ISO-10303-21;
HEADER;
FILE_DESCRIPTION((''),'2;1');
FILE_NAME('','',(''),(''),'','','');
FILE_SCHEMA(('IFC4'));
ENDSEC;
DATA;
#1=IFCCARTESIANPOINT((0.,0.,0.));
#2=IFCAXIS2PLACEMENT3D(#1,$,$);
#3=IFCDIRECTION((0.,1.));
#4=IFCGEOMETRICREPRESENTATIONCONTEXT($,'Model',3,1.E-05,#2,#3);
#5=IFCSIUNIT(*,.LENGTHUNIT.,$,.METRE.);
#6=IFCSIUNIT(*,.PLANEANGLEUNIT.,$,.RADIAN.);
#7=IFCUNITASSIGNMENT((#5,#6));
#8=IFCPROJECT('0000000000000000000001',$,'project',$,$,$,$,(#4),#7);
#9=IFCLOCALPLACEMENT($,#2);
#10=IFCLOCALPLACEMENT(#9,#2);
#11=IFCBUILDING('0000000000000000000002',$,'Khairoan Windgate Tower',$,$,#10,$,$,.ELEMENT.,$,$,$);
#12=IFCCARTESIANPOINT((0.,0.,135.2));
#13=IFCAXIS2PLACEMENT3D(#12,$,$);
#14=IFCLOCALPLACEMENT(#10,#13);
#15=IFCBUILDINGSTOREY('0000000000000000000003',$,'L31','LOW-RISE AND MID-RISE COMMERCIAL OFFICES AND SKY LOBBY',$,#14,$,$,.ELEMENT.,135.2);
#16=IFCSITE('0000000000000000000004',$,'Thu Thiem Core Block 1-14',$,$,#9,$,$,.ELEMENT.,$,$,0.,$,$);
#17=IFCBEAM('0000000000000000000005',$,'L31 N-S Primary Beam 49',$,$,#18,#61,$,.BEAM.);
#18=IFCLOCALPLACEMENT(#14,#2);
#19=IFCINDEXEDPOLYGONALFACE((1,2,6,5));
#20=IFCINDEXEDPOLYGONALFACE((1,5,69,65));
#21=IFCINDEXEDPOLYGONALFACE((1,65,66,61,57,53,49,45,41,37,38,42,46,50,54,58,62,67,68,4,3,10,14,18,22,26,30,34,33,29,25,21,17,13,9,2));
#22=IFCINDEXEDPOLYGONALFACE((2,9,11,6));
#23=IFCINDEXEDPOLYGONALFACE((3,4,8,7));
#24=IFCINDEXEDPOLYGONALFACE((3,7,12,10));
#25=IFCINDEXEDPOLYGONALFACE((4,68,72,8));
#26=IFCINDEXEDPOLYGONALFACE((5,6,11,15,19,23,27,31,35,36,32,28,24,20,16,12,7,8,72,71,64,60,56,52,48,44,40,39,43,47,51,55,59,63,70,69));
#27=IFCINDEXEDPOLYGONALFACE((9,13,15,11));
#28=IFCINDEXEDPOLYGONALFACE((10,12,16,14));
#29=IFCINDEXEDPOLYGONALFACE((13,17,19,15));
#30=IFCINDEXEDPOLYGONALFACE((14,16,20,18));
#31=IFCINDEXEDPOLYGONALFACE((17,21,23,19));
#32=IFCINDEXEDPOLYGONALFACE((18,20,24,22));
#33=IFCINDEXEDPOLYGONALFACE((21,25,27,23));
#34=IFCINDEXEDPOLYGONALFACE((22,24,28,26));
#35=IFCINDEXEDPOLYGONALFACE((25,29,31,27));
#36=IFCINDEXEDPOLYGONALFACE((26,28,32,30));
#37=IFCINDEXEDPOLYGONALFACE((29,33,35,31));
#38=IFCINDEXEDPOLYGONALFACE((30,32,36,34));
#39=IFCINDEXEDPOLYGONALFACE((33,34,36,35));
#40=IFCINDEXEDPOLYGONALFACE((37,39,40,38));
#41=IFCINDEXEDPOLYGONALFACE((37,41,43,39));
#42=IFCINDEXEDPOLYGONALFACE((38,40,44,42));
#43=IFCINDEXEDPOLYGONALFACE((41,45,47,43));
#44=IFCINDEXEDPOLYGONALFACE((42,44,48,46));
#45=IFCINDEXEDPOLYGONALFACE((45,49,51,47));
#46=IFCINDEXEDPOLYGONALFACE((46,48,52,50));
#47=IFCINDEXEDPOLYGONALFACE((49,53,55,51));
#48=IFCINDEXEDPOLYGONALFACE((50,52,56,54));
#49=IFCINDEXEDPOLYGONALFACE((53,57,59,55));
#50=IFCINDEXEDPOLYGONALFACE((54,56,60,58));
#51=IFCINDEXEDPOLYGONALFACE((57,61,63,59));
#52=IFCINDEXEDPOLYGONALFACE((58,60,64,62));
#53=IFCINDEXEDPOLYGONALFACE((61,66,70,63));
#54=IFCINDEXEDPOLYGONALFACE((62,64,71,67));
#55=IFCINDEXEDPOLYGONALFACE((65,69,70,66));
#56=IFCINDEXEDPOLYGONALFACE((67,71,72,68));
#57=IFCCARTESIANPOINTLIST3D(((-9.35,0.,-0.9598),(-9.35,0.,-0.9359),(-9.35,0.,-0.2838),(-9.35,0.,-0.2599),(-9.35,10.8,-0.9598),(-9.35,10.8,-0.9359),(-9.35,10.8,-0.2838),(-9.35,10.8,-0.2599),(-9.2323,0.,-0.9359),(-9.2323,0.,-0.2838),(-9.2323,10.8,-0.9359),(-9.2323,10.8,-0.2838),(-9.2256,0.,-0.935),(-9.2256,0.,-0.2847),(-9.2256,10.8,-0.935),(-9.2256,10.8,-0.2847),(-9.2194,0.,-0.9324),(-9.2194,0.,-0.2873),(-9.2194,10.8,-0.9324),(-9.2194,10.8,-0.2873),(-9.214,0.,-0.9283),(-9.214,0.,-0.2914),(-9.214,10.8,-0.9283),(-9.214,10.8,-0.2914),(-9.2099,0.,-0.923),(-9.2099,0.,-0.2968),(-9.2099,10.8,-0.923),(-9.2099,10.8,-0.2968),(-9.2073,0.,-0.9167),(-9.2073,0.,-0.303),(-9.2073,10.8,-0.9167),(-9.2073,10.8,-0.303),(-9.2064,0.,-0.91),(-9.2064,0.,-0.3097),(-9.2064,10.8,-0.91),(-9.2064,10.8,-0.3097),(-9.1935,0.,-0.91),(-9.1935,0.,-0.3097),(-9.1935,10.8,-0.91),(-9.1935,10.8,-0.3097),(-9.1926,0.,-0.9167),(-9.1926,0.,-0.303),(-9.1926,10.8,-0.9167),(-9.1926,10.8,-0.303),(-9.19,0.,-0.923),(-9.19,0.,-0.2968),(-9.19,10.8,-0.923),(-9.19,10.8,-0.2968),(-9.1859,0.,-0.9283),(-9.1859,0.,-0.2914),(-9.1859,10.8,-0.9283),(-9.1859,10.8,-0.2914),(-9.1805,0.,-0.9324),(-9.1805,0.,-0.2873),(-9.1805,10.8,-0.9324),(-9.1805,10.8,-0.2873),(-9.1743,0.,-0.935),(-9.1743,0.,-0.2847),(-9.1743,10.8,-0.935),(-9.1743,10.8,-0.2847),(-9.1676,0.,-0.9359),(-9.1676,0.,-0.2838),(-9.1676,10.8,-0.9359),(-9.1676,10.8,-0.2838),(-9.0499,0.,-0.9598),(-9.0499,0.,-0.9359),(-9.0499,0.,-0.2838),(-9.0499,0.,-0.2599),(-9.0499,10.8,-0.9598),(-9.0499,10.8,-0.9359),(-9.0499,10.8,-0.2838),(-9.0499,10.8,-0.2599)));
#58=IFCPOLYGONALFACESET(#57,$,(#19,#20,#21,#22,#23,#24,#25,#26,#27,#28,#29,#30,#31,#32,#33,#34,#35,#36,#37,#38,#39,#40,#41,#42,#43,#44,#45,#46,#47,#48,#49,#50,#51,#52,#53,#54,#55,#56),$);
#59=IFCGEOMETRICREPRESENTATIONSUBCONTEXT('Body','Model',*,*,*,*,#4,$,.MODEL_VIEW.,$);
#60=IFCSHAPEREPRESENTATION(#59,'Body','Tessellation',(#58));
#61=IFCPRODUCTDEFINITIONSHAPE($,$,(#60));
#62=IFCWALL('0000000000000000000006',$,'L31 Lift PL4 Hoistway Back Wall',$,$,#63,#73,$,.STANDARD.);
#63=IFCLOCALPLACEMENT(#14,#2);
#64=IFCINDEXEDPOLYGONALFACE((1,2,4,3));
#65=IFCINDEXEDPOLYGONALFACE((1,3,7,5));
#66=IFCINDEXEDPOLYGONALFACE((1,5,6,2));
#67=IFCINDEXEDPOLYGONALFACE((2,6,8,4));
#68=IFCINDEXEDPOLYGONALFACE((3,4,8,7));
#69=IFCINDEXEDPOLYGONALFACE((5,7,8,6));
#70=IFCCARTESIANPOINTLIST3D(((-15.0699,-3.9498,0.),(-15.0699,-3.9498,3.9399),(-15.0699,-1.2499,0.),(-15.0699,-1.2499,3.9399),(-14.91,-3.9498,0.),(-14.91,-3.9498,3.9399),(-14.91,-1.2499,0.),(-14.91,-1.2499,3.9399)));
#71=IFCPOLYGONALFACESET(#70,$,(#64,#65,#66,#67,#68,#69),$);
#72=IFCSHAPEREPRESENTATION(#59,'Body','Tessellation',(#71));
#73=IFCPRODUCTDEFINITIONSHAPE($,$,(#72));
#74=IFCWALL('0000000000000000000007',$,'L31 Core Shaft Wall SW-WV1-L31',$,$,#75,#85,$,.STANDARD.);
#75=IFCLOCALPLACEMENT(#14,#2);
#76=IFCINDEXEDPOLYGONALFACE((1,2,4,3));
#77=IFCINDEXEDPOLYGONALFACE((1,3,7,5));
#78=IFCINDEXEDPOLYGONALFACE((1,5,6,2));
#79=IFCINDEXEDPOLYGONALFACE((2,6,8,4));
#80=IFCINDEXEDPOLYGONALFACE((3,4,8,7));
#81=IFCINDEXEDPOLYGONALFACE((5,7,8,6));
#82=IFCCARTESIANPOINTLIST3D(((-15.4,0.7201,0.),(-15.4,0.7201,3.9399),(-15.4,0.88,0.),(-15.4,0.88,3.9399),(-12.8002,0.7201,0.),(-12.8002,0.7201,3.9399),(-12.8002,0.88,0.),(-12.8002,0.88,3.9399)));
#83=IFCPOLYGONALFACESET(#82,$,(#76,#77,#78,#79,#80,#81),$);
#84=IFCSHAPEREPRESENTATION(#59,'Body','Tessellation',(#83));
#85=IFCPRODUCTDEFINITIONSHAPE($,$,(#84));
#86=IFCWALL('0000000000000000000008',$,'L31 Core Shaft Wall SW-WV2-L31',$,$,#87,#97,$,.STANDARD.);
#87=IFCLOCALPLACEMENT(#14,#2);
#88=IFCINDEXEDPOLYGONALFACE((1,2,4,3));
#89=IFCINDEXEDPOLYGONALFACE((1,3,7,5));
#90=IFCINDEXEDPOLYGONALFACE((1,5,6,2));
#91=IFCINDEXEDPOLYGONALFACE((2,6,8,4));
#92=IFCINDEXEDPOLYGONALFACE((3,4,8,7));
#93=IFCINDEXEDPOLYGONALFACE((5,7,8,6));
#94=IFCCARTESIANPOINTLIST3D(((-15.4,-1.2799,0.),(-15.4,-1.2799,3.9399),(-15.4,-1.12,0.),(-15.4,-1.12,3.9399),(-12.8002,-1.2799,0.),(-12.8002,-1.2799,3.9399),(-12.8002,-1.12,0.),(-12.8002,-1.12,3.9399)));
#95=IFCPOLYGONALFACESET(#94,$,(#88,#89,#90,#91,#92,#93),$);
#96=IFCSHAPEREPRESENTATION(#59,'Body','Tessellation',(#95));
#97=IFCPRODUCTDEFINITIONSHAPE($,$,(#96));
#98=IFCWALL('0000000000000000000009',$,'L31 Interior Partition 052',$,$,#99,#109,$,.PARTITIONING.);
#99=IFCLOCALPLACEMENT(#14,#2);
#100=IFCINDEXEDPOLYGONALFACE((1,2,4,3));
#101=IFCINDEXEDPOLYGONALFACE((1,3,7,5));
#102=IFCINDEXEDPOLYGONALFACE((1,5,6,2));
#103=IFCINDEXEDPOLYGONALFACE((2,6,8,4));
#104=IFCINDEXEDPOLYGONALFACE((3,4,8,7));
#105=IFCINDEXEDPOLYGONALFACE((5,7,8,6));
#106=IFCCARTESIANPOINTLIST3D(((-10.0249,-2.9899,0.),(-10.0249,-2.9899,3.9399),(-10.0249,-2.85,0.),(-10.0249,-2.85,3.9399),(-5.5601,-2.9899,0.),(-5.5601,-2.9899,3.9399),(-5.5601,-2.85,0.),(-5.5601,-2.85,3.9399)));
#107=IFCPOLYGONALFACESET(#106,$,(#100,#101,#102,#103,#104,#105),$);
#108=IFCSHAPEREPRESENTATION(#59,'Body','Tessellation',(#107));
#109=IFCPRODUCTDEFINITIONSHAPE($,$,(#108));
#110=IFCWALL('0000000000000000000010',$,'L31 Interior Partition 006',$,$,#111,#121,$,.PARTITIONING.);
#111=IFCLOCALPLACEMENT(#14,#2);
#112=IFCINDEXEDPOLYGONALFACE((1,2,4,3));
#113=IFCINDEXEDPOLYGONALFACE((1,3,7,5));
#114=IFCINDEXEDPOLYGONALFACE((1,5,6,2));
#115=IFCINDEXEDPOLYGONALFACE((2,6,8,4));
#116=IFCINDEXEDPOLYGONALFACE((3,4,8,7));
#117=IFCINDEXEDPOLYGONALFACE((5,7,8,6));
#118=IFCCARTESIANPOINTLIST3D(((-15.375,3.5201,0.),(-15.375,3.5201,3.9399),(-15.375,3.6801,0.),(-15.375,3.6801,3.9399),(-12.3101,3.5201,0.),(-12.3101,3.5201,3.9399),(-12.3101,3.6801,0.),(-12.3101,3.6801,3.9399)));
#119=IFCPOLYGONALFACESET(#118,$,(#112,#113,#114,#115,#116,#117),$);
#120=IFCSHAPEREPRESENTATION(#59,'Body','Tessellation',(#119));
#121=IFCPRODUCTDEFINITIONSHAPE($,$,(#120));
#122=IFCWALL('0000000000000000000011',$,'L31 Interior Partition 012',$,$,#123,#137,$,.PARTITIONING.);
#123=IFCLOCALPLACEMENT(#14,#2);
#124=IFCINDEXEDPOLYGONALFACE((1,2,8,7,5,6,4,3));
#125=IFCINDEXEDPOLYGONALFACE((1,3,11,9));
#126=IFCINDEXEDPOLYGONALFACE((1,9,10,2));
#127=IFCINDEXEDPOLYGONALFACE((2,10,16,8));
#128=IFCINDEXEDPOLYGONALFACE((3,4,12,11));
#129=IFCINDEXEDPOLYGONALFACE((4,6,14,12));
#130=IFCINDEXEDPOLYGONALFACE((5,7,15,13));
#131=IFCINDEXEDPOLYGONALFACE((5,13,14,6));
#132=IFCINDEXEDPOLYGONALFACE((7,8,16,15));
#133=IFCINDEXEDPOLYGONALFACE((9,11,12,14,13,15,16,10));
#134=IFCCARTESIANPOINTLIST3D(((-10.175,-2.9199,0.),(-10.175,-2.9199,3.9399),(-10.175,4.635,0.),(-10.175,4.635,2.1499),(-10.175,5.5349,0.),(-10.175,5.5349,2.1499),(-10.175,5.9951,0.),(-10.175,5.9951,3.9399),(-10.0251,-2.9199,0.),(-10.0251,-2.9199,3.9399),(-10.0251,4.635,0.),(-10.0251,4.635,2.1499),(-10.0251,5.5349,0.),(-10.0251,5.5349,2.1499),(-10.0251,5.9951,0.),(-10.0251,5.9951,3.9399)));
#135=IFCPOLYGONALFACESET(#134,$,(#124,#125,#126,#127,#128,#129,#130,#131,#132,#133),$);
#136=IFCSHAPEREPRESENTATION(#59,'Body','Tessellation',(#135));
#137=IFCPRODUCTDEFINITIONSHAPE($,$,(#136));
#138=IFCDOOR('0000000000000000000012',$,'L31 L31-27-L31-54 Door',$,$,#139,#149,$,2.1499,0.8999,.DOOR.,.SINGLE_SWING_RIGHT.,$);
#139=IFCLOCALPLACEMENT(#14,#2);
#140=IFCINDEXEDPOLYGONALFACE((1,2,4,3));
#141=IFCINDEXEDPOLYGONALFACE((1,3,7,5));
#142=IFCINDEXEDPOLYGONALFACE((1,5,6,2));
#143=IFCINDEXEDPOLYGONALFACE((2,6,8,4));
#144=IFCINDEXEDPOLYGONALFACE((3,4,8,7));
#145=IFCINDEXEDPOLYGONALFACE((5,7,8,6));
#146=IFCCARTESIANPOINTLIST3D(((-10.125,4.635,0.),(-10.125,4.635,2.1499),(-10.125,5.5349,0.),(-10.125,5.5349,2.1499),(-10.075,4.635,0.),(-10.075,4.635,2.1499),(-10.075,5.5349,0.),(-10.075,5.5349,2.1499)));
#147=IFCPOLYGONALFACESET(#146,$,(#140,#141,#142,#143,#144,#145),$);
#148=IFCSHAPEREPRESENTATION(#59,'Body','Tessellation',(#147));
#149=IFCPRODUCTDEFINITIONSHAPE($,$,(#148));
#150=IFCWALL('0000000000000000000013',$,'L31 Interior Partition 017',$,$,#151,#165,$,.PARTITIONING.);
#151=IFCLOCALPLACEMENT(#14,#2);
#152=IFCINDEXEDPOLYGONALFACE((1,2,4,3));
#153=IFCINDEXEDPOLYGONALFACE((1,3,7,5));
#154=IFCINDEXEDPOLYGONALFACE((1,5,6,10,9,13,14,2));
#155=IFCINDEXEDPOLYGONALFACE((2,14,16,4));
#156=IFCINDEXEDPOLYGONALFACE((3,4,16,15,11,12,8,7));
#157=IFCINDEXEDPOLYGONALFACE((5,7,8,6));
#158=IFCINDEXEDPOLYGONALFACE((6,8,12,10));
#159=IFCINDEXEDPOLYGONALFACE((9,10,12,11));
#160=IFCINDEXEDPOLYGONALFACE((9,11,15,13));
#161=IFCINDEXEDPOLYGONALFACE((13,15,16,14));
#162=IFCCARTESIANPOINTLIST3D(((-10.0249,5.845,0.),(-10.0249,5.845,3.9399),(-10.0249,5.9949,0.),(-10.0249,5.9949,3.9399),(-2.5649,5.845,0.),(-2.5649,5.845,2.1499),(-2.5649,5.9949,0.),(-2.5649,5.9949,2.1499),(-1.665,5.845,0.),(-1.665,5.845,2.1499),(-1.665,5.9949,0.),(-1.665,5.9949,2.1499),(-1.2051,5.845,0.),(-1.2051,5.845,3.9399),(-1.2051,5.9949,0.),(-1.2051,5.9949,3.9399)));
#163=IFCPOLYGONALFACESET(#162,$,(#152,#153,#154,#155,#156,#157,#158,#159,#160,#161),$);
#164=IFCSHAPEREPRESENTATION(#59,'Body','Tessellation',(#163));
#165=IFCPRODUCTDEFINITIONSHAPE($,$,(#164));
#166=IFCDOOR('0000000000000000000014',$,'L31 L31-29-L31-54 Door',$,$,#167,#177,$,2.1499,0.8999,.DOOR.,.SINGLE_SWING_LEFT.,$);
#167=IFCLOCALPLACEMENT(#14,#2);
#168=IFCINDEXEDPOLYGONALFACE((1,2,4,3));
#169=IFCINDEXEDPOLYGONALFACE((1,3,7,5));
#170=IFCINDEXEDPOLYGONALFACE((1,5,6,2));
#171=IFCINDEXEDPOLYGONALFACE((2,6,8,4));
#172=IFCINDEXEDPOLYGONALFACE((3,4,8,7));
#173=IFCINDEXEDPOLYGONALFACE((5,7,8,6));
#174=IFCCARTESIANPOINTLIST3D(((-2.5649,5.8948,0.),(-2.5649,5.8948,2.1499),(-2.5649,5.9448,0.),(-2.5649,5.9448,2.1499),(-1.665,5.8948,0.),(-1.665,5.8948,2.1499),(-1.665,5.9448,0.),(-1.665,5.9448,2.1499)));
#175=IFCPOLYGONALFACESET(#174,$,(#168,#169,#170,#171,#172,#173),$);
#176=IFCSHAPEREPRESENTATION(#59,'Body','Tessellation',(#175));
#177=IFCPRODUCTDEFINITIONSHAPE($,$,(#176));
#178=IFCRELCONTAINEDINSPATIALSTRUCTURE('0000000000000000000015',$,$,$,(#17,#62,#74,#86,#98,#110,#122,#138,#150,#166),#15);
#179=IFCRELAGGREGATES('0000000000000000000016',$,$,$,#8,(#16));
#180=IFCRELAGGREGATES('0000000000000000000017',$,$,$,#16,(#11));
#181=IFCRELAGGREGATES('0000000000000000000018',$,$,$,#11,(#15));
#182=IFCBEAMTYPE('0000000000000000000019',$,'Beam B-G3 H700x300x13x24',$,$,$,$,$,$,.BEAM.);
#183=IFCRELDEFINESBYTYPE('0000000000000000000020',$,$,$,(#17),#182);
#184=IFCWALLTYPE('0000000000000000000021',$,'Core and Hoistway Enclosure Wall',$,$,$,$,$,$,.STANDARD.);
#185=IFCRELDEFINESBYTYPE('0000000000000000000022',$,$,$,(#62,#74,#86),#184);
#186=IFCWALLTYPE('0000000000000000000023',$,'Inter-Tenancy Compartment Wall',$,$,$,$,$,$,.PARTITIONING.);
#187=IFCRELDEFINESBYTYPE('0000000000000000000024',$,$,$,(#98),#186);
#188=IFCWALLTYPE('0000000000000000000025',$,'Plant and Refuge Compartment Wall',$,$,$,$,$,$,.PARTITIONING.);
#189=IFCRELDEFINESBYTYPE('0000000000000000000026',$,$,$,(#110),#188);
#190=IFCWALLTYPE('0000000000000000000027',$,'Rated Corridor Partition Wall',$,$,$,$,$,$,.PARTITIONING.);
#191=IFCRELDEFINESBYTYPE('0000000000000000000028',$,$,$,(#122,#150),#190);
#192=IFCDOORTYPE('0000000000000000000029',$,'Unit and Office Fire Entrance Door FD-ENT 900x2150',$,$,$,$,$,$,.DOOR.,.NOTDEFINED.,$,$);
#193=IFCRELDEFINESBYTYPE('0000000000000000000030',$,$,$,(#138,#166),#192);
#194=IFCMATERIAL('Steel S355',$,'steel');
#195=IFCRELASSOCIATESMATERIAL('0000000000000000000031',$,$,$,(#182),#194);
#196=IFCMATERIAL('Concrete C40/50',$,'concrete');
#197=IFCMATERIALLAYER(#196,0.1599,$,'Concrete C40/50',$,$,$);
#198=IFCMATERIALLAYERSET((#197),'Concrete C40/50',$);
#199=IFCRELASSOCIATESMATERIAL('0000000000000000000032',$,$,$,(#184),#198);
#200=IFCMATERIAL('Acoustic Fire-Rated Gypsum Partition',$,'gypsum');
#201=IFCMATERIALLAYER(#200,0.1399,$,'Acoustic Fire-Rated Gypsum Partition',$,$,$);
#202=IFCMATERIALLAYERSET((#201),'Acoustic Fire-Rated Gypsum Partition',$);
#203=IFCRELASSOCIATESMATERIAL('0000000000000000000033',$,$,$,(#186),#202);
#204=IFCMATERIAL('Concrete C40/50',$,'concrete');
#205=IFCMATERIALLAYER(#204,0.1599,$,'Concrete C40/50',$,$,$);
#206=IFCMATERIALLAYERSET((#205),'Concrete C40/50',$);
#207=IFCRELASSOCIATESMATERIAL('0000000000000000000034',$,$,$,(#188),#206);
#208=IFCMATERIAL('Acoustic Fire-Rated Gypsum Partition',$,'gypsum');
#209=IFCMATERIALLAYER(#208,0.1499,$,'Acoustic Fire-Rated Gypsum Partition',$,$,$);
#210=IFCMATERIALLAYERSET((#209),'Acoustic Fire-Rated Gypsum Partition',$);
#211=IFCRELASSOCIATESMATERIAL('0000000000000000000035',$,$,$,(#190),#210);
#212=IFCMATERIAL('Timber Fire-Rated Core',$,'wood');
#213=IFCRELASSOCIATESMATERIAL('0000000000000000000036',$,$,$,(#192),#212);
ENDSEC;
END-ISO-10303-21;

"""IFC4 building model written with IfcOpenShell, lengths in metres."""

from ifc_helpers import new_model, si_unit, direction, frame, frame_2d, origin, origin_2d, place, context, subcontext, project, spatial, rectangle, i_section, extrude, material, layer, layer_set, material_profile, profile_set, type_object, element, fill, save


model = new_model("IFC4")

# Units and contexts
model_context = context("Model", 3, precision=1e-05, world=origin(), true_north=direction((0.0, 1.0)))
body_context = subcontext(model_context, "Body", "Model", "MODEL_VIEW")
ifc_project = project(units=[si_unit("LENGTHUNIT", "METRE"), si_unit("PLANEANGLEUNIT", "RADIAN")], contexts=[model_context])

# Site, building, storey
site_placement = place(None, origin())
site = spatial("IfcSite", under=ifc_project, at=site_placement, Name="Thu Thiem Core Block 1-14", CompositionType="ELEMENT", RefElevation=0.0)
building_placement = place(site_placement, origin())
building = spatial("IfcBuilding", under=site, at=building_placement, Name="Khairoan Windgate Tower", CompositionType="ELEMENT")
storey_placement = place(building_placement, frame((0.0, 0.0, 135.2)))
storey = spatial("IfcBuildingStorey", under=building, at=storey_placement, Name="L31", Description="LOW-RISE AND MID-RISE COMMERCIAL OFFICES AND SKY LOBBY", CompositionType="ELEMENT", Elevation=135.2)

# Beam
ifc_material_1 = material(Name="Steel S355", Category="steel")
ifc_material_profile_1 = material_profile(ifc_material_1, i_section(OverallWidth=0.3, OverallDepth=0.7, WebThickness=0.0129, FlangeThickness=0.0239, FilletRadius=0.0259, at=origin_2d()))
ifc_profile_set_1 = profile_set([ifc_material_profile_1], Name="Steel S355")
beam_type = type_object("IfcBeamType", Name="Beam B-G3 H700x300x13x24", PredefinedType="BEAM", material=ifc_profile_set_1)
for number, where, z_axis, x_axis, name in (
    (1, (-9.2, 0.0, -0.6099), (0.0, 1.0, 0.0), (-1.0, 0.0, 0.0), "L31 N-S Primary Beam 49"),
):
    element("IfcBeam", number, at=place(storey_placement, frame(where, z_axis=z_axis, x_axis=x_axis)), inside=storey, type_object=beam_type, Name=name, PredefinedType="BEAM", context=body_context, shape_type="SweptSolid", body=[
        extrude(i_section(OverallWidth=0.3, OverallDepth=0.7, WebThickness=0.0129, FlangeThickness=0.0239, FilletRadius=0.0259, at=origin_2d()), origin(), (0.0, 0.0, 1.0), 10.8),
    ])

# Walls
ifc_material_2 = material(Name="Concrete C40/50", Category="concrete")
ifc_layer_1 = layer(ifc_material_2, 0.1599, Name="Concrete C40/50")
ifc_layer_set_1 = layer_set([ifc_layer_1], Name="Concrete C40/50")
wall_type_1 = type_object("IfcWallType", Name="Core and Hoistway Enclosure Wall", PredefinedType="STANDARD", material=ifc_layer_set_1)
wall_1_placement = place(storey_placement, frame((-14.99, -3.95, 0.0), z_axis=(0.0, 0.0, 1.0), x_axis=(0.0, 1.0, 0.0)))
element("IfcWall", 2, at=wall_1_placement, inside=storey, type_object=wall_type_1, Name="L31 Lift PL4 Hoistway Back Wall", PredefinedType="STANDARD", context=body_context, shape_type="SweptSolid", body=[
    extrude(rectangle(XDim=2.7, YDim=0.1599, at=frame_2d((1.3501, 0.0))), origin(), (0.0, 0.0, 1.0), 3.9399),
])
for number, where, z_axis, x_axis, name in (
    (3, (-15.3999, 0.8, 0.0), (0.0, 0.0, 1.0), (1.0, 0.0, 0.0), "L31 Core Shaft Wall SW-WV1-L31"),
    (4, (-15.3999, -1.2, 0.0), (0.0, 0.0, 1.0), (1.0, 0.0, 0.0), "L31 Core Shaft Wall SW-WV2-L31"),
):
    element("IfcWall", number, at=place(storey_placement, frame(where, z_axis=z_axis, x_axis=x_axis)), inside=storey, type_object=wall_type_1, Name=name, PredefinedType="STANDARD", context=body_context, shape_type="SweptSolid", body=[
        extrude(rectangle(XDim=2.5999, YDim=0.1599, at=frame_2d((1.2998, 0.0))), origin(), (0.0, 0.0, 1.0), 3.9399),
    ])
ifc_material_3 = material(Name="Acoustic Fire-Rated Gypsum Partition", Category="gypsum")
ifc_layer_2 = layer(ifc_material_3, 0.1399, Name="Acoustic Fire-Rated Gypsum Partition")
ifc_layer_set_2 = layer_set([ifc_layer_2], Name="Acoustic Fire-Rated Gypsum Partition")
wall_type_2 = type_object("IfcWallType", Name="Inter-Tenancy Compartment Wall", PredefinedType="PARTITIONING", material=ifc_layer_set_2)
wall_2_placement = place(storey_placement, frame((-10.0249, -2.9199, 0.0), z_axis=(0.0, 0.0, 1.0), x_axis=(1.0, 0.0, 0.0)))
element("IfcWall", 5, at=wall_2_placement, inside=storey, type_object=wall_type_2, Name="L31 Interior Partition 052", PredefinedType="PARTITIONING", context=body_context, shape_type="SweptSolid", body=[
    extrude(rectangle(XDim=4.4648, YDim=0.1399, at=frame_2d((2.2324, 0.0))), origin(), (0.0, 0.0, 1.0), 3.9399),
])
ifc_material_4 = material(Name="Concrete C40/50", Category="concrete")
ifc_layer_3 = layer(ifc_material_4, 0.1599, Name="Concrete C40/50")
ifc_layer_set_3 = layer_set([ifc_layer_3], Name="Concrete C40/50")
wall_type_3 = type_object("IfcWallType", Name="Plant and Refuge Compartment Wall", PredefinedType="PARTITIONING", material=ifc_layer_set_3)
wall_3_placement = place(storey_placement, frame((-15.375, 3.6001, 0.0), z_axis=(0.0, 0.0, 1.0), x_axis=(1.0, 0.0, 0.0)))
element("IfcWall", 6, at=wall_3_placement, inside=storey, type_object=wall_type_3, Name="L31 Interior Partition 006", PredefinedType="PARTITIONING", context=body_context, shape_type="SweptSolid", body=[
    extrude(rectangle(XDim=3.0649, YDim=0.1599, at=frame_2d((1.5325, 0.0))), origin(), (0.0, 0.0, 1.0), 3.9399),
])

# Walls, openings, doors
ifc_material_5 = material(Name="Acoustic Fire-Rated Gypsum Partition", Category="gypsum")
ifc_layer_4 = layer(ifc_material_5, 0.1499, Name="Acoustic Fire-Rated Gypsum Partition")
ifc_layer_set_4 = layer_set([ifc_layer_4], Name="Acoustic Fire-Rated Gypsum Partition")
wall_type_4 = type_object("IfcWallType", Name="Rated Corridor Partition Wall", PredefinedType="PARTITIONING", material=ifc_layer_set_4)
wall_4_placement = place(storey_placement, frame((-10.1001, -2.9199, 0.0), z_axis=(0.0, 0.0, 1.0), x_axis=(0.0, 1.0, 0.0)))
wall_4 = element("IfcWall", 7, at=wall_4_placement, inside=storey, type_object=wall_type_4, Name="L31 Interior Partition 012", PredefinedType="PARTITIONING", context=body_context, shape_type="SweptSolid", body=[
    extrude(rectangle(XDim=8.915, YDim=0.1499, at=frame_2d((4.4575, 0.0))), origin(), (0.0, 0.0, 1.0), 3.9399),
])
opening_1_placement = place(wall_4_placement, frame((7.5549, 0.0, 0.0)))
opening_1 = element("IfcOpeningElement", 8, at=opening_1_placement, cuts=wall_4, PredefinedType="OPENING", context=body_context, shape_type="SweptSolid", body=[
    extrude(rectangle(XDim=0.8999, YDim=2.1499, at=frame_2d((0.45, 1.075))), frame((0.0, 0.085, 0.0), z_axis=(0.0, -1.0, 0.0), x_axis=(1.0, 0.0, 0.0)), (0.0, 0.0, 1.0), 0.1699),
])
ifc_material_6 = material(Name="Timber Fire-Rated Core", Category="wood")
door_type = type_object("IfcDoorType", Name="Unit and Office Fire Entrance Door FD-ENT 900x2150", OperationType="NOTDEFINED", PredefinedType="DOOR", material=ifc_material_6)
door_1_placement = place(opening_1_placement, origin())
door_1 = element("IfcDoor", 9, at=door_1_placement, inside=storey, type_object=door_type, Name="L31 L31-27-L31-54 Door", OperationType="SINGLE_SWING_RIGHT", OverallHeight=2.1499, OverallWidth=0.8999, PredefinedType="DOOR", context=body_context, shape_type="SweptSolid", body=[
    extrude(rectangle(XDim=0.8999, YDim=2.1499, at=frame_2d((0.45, 1.075))), frame((0.0, 0.0249, 0.0), z_axis=(0.0, -1.0, 0.0), x_axis=(1.0, 0.0, 0.0)), (0.0, 0.0, 1.0), 0.05),
])
fill(opening_1, door_1)
wall_5_placement = place(storey_placement, frame((-10.0249, 5.9199, 0.0), z_axis=(0.0, 0.0, 1.0), x_axis=(1.0, 0.0, 0.0)))
wall_5 = element("IfcWall", 10, at=wall_5_placement, inside=storey, type_object=wall_type_4, Name="L31 Interior Partition 017", PredefinedType="PARTITIONING", context=body_context, shape_type="SweptSolid", body=[
    extrude(rectangle(XDim=8.8198, YDim=0.1499, at=frame_2d((4.4099, 0.0))), origin(), (0.0, 0.0, 1.0), 3.9399),
])
opening_2_placement = place(wall_5_placement, frame((7.46, 0.0, 0.0)))
opening_2 = element("IfcOpeningElement", 11, at=opening_2_placement, cuts=wall_5, PredefinedType="OPENING", context=body_context, shape_type="SweptSolid", body=[
    extrude(rectangle(XDim=0.8999, YDim=2.1499, at=frame_2d((0.45, 1.075))), frame((0.0, 0.085, 0.0), z_axis=(0.0, -1.0, 0.0), x_axis=(1.0, 0.0, 0.0)), (0.0, 0.0, 1.0), 0.1699),
])
door_2_placement = place(opening_2_placement, origin())
door_2 = element("IfcDoor", 12, at=door_2_placement, inside=storey, type_object=door_type, Name="L31 L31-29-L31-54 Door", OperationType="SINGLE_SWING_LEFT", OverallHeight=2.1499, OverallWidth=0.8999, PredefinedType="DOOR", context=body_context, shape_type="SweptSolid", body=[
    extrude(rectangle(XDim=0.8999, YDim=2.1499, at=frame_2d((0.45, 1.075))), frame((0.0, 0.0249, 0.0), z_axis=(0.0, -1.0, 0.0), x_axis=(1.0, 0.0, 0.0)), (0.0, 0.0, 1.0), 0.05),
])
fill(opening_2, door_2)

save(model, "model.ifc")
